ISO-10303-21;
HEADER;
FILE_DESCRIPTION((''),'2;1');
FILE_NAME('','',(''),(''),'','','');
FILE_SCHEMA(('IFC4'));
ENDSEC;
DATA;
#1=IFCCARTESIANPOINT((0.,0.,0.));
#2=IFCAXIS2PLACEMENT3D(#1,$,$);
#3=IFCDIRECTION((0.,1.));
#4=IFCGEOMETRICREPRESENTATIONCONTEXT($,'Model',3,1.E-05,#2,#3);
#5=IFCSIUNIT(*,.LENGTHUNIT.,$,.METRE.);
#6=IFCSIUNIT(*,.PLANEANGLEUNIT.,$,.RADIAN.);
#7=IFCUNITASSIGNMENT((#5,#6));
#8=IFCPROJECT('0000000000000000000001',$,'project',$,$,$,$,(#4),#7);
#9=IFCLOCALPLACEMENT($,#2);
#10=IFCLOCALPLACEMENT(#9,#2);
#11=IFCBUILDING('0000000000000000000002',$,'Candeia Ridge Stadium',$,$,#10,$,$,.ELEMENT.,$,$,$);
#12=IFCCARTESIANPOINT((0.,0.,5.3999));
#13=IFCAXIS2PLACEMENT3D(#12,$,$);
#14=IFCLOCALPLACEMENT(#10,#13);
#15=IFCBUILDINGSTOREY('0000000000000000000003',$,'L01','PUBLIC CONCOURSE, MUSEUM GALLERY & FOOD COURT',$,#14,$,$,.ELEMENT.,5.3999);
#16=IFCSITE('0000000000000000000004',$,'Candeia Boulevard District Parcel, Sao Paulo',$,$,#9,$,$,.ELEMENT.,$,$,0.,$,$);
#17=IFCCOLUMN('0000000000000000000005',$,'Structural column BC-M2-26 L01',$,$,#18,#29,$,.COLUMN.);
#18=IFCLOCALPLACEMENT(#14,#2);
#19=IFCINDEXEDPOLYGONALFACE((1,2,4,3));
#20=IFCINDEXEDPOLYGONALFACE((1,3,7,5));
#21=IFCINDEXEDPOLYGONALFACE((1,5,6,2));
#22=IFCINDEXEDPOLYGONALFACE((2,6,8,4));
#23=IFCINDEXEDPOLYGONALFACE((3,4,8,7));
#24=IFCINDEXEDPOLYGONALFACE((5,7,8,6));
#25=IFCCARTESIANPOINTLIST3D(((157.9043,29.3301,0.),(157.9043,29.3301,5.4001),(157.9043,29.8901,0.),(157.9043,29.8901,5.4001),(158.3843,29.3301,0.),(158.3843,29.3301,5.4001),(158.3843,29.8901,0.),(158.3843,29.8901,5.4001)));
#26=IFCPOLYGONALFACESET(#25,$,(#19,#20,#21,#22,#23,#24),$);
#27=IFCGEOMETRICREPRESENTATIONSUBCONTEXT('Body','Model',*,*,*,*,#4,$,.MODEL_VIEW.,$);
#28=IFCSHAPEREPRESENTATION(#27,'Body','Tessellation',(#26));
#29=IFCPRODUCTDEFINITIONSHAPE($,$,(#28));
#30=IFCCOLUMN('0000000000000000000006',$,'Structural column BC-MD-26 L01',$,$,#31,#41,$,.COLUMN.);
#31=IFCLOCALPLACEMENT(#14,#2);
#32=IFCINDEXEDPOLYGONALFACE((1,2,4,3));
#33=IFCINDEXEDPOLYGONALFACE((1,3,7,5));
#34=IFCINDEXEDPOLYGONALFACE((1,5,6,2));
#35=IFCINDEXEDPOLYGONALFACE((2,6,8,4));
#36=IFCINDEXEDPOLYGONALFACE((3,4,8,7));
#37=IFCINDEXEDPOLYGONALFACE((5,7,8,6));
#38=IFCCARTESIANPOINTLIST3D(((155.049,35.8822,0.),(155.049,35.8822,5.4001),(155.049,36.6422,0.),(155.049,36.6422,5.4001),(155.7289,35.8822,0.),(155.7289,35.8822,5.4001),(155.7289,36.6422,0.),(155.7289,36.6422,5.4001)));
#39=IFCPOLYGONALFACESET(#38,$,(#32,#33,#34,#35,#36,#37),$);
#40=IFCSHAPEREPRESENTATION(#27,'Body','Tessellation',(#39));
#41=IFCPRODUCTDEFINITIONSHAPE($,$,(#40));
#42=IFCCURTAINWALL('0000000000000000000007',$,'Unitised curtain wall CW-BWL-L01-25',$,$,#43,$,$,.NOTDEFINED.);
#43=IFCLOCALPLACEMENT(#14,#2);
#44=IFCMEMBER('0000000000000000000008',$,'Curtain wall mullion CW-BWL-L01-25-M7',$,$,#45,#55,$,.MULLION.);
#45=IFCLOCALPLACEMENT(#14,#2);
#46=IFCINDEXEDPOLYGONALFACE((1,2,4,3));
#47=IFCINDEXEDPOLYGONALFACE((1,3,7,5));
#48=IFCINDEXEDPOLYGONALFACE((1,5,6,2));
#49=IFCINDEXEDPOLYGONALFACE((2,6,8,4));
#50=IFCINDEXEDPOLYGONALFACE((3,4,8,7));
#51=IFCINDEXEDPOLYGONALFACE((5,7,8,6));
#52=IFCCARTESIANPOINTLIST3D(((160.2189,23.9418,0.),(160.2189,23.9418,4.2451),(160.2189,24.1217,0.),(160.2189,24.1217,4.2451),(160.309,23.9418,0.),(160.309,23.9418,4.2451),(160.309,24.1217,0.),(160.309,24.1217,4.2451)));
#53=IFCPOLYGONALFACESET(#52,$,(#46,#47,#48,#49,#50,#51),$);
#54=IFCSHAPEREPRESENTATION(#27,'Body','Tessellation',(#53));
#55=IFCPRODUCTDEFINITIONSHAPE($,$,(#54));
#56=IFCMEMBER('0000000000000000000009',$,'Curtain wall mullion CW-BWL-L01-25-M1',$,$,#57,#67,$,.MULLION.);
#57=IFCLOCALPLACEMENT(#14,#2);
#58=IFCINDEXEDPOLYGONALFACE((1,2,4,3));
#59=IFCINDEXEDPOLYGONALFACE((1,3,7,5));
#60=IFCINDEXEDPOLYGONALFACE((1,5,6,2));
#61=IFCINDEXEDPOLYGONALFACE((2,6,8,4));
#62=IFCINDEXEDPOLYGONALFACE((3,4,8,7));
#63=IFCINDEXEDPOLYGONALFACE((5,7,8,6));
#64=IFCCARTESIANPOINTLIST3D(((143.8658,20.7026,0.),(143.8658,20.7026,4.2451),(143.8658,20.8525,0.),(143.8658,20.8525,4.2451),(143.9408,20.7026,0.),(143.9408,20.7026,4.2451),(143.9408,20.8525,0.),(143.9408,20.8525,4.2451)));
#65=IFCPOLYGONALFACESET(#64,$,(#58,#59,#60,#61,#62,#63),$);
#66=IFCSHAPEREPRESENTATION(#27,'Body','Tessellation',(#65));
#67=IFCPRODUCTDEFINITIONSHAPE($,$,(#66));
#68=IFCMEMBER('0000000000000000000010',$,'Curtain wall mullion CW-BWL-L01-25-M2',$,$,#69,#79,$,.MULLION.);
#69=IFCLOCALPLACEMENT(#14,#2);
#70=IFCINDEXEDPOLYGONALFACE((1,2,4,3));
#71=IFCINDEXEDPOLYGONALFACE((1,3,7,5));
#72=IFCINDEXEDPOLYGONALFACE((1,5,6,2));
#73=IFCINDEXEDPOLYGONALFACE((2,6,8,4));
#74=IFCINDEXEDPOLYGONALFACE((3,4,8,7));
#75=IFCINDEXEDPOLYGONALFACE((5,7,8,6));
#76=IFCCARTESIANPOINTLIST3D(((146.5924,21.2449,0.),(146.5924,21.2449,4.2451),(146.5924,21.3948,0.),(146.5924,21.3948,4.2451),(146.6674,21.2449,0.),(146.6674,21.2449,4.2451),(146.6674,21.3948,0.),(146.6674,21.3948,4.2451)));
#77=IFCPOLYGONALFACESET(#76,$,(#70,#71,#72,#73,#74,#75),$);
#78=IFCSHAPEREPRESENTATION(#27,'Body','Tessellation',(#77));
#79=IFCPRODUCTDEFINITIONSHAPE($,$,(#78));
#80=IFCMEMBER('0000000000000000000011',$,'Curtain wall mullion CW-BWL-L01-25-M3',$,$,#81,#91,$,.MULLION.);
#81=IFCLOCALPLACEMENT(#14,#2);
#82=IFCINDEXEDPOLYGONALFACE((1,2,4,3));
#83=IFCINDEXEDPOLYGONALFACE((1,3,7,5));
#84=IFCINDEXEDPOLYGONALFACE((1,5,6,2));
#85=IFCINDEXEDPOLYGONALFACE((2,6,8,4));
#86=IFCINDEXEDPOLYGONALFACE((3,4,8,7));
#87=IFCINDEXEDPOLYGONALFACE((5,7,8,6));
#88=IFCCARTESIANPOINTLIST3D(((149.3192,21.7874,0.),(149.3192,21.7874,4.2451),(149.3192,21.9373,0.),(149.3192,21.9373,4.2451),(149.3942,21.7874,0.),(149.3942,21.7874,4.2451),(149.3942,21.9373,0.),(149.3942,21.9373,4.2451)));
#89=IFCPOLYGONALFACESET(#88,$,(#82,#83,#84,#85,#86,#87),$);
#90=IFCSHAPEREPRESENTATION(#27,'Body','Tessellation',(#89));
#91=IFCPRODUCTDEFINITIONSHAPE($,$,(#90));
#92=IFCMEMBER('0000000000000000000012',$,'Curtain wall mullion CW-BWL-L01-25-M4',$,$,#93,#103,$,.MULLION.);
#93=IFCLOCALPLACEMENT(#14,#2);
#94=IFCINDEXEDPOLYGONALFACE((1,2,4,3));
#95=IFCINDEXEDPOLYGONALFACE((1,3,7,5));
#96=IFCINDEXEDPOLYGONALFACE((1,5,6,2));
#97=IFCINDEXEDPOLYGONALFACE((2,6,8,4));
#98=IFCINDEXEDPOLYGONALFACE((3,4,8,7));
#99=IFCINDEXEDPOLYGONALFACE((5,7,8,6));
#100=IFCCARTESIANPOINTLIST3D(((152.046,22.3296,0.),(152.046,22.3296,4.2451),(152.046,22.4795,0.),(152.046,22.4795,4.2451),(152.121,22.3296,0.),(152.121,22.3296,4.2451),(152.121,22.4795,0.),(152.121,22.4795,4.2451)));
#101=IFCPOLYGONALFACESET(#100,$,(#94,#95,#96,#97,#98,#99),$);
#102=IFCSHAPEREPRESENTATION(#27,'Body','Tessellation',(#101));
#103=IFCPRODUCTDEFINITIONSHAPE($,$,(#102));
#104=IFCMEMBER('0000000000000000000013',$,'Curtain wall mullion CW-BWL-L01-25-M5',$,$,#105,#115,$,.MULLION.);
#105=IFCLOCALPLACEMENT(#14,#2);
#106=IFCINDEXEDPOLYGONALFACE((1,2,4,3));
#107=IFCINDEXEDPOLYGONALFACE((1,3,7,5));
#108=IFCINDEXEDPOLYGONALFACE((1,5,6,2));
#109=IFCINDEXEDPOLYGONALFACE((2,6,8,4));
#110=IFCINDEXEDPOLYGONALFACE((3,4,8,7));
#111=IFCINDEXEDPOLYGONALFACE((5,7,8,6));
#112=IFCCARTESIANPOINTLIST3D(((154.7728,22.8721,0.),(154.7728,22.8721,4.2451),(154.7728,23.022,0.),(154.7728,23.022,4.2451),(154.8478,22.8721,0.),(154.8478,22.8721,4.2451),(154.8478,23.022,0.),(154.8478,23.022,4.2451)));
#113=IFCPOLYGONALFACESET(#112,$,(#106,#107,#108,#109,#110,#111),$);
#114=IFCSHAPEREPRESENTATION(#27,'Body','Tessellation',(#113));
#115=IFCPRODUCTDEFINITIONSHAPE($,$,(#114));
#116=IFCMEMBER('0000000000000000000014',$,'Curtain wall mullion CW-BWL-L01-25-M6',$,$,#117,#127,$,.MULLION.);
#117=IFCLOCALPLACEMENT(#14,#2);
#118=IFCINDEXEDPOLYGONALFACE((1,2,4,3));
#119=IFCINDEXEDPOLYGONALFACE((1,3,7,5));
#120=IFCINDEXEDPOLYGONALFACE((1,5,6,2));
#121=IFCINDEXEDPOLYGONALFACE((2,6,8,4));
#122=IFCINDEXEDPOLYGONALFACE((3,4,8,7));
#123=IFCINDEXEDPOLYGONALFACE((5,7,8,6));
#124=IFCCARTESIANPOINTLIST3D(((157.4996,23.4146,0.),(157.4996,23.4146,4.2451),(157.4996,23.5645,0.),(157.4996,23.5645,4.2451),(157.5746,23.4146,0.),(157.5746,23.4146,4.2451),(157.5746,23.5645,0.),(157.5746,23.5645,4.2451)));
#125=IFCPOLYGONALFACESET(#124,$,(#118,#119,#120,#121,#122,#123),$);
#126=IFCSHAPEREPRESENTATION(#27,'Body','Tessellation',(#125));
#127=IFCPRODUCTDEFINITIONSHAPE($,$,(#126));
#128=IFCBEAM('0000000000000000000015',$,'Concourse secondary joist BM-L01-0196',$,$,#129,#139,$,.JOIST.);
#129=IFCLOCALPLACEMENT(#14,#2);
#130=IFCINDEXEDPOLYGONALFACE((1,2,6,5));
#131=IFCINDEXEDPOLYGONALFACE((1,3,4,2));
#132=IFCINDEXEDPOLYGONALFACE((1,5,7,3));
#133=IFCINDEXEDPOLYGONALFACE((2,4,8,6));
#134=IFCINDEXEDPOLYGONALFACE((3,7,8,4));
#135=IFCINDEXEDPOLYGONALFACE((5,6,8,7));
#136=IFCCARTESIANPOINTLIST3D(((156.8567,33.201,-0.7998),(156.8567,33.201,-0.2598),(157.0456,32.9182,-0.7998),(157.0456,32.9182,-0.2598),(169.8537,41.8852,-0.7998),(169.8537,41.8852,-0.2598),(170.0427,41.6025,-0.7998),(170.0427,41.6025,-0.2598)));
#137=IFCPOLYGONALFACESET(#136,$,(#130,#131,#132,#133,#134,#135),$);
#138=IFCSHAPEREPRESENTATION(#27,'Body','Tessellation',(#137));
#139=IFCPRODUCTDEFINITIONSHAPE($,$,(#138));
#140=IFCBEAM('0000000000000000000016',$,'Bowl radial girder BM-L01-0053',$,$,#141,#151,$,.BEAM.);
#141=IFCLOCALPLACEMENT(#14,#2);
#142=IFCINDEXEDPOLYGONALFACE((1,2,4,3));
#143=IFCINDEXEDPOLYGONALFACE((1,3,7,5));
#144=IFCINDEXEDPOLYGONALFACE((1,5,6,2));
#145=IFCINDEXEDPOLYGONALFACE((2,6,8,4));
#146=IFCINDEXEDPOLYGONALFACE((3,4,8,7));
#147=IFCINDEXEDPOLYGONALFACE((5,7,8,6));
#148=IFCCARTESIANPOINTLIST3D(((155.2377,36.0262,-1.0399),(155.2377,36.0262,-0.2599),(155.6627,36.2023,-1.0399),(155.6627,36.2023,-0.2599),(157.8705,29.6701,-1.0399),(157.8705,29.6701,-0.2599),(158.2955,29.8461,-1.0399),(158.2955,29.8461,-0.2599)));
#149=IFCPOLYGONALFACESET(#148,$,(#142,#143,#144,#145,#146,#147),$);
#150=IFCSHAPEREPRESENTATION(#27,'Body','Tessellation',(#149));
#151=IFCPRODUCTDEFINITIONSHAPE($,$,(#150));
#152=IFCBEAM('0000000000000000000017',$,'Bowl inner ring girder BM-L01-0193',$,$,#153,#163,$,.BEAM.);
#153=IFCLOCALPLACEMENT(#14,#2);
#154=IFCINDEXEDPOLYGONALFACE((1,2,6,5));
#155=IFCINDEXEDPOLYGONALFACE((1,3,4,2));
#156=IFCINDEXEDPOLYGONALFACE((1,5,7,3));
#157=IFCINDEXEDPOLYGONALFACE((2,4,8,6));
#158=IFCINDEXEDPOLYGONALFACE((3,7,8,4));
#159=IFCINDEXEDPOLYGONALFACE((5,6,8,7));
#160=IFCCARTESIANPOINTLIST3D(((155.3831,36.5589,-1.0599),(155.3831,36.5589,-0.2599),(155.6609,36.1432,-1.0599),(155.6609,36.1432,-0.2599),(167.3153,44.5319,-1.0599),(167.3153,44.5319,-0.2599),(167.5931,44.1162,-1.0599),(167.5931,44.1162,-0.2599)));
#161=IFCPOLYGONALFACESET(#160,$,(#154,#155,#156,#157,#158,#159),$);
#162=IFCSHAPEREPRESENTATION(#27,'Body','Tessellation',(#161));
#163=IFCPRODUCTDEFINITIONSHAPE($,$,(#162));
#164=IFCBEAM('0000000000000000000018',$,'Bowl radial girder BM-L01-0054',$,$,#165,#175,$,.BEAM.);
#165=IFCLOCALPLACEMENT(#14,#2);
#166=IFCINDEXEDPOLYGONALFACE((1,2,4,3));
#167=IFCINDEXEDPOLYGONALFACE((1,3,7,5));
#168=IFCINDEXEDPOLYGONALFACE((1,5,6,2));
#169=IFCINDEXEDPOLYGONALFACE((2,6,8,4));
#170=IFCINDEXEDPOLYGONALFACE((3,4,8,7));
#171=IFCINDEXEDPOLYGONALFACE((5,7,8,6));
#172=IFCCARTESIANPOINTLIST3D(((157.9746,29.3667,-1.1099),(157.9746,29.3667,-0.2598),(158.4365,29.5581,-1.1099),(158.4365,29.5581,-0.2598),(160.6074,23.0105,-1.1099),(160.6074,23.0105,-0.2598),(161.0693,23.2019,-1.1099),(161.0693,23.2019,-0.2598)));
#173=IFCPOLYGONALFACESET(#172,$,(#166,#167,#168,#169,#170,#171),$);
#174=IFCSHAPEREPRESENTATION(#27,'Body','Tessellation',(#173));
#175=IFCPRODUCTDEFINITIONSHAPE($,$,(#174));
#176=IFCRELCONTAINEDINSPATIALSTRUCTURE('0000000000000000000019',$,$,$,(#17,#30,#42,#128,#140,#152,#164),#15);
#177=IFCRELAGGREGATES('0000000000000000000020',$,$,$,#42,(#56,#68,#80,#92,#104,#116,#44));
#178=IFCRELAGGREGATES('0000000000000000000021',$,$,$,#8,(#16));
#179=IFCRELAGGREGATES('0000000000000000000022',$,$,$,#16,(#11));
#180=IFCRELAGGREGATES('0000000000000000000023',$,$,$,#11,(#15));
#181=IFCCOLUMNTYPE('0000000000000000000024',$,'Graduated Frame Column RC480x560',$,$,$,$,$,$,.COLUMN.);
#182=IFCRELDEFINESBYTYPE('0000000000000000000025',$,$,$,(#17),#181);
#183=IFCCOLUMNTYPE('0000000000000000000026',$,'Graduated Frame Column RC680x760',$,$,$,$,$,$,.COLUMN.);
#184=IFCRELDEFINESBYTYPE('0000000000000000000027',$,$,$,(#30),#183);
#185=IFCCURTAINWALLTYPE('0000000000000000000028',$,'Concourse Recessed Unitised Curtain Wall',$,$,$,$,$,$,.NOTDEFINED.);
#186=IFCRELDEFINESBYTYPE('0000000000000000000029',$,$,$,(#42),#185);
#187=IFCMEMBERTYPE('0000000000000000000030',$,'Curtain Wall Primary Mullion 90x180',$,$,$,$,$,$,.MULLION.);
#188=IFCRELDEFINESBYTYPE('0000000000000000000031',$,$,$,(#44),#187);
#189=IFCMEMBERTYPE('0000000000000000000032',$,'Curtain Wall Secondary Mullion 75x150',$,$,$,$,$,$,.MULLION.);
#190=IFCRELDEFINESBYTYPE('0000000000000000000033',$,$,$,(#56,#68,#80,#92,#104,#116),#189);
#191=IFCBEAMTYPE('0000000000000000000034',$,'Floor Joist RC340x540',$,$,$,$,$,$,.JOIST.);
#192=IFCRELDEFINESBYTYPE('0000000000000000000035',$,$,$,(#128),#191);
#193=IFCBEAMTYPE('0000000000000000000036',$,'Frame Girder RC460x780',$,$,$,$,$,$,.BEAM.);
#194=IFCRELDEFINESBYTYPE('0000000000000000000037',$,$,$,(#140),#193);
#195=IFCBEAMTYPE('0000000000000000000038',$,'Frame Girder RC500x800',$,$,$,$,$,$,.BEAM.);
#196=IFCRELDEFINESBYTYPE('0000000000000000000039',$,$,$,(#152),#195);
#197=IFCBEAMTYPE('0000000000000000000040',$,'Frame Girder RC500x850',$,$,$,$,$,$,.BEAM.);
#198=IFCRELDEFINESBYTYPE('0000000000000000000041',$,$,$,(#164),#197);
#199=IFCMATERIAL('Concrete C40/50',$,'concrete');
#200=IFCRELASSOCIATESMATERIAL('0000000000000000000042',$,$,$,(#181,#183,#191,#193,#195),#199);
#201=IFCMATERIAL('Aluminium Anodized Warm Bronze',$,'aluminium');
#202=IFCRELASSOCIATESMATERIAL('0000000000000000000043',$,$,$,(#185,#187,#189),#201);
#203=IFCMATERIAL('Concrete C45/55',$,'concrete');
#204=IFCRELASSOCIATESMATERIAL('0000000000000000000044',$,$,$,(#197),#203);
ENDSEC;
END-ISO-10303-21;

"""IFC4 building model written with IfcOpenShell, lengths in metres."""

from ifc_helpers import new_model, si_unit, direction, frame, origin, origin_2d, place, context, subcontext, project, spatial, rectangle, extrude, material, material_profile, profile_set, type_object, element, aggregate, save


model = new_model("IFC4")

# Units and contexts
model_context = context("Model", 3, precision=1e-05, world=origin(), true_north=direction((0.0, 1.0)))
body_context = subcontext(model_context, "Body", "Model", "MODEL_VIEW")
ifc_project = project(units=[si_unit("LENGTHUNIT", "METRE"), si_unit("PLANEANGLEUNIT", "RADIAN")], contexts=[model_context])

# Site, building, storey
site_placement = place(None, origin())
site = spatial("IfcSite", under=ifc_project, at=site_placement, Name="Candeia Boulevard District Parcel, Sao Paulo", CompositionType="ELEMENT", RefElevation=0.0)
building_placement = place(site_placement, origin())
building = spatial("IfcBuilding", under=site, at=building_placement, Name="Candeia Ridge Stadium", CompositionType="ELEMENT")
storey_placement = place(building_placement, frame((0.0, 0.0, 5.3999)))
storey = spatial("IfcBuildingStorey", under=building, at=storey_placement, Name="L01", Description="PUBLIC CONCOURSE, MUSEUM GALLERY & FOOD COURT", CompositionType="ELEMENT", Elevation=5.3999)

# Columns
ifc_material_1 = material(Name="Concrete C40/50", Category="concrete")
ifc_material_profile_1 = material_profile(ifc_material_1, rectangle(XDim=0.48, YDim=0.5601, at=origin_2d()), Name="RC480x560", Category="concrete")
ifc_profile_set_1 = profile_set([ifc_material_profile_1], Name="Concrete C40/50")
column_type_1 = type_object("IfcColumnType", Name="Graduated Frame Column RC480x560", PredefinedType="COLUMN", material=ifc_profile_set_1)
column_1_placement = place(storey_placement, frame((158.1443, 29.6101, 0.0), z_axis=(0.0, 0.0, 1.0), x_axis=(1.0, 0.0, 0.0)))
element("IfcColumn", 1, at=column_1_placement, inside=storey, type_object=column_type_1, Name="Structural column BC-M2-26 L01", PredefinedType="COLUMN", context=body_context, shape_type="SweptSolid", body=[
    extrude(rectangle(XDim=0.48, YDim=0.5601, at=origin_2d()), origin(), (0.0, 0.0, 1.0), 5.4001),
])
ifc_material_profile_2 = material_profile(ifc_material_1, rectangle(XDim=0.6799, YDim=0.76, at=origin_2d()), Name="RC680x760", Category="concrete")
ifc_profile_set_2 = profile_set([ifc_material_profile_2], Name="Concrete C40/50")
column_type_2 = type_object("IfcColumnType", Name="Graduated Frame Column RC680x760", PredefinedType="COLUMN", material=ifc_profile_set_2)
column_2_placement = place(storey_placement, frame((155.3889, 36.2622, 0.0), z_axis=(0.0, 0.0, 1.0), x_axis=(1.0, 0.0, 0.0)))
element("IfcColumn", 2, at=column_2_placement, inside=storey, type_object=column_type_2, Name="Structural column BC-MD-26 L01", PredefinedType="COLUMN", context=body_context, shape_type="SweptSolid", body=[
    extrude(rectangle(XDim=0.6799, YDim=0.76, at=origin_2d()), origin(), (0.0, 0.0, 1.0), 5.4001),
])

# Curtain wall, members
ifc_material_2 = material(Name="Aluminium Anodized Warm Bronze", Category="aluminium")
curtain_wall_type = type_object("IfcCurtainWallType", Name="Concourse Recessed Unitised Curtain Wall", PredefinedType="NOTDEFINED", material=ifc_material_2)
curtain_wall_placement = place(storey_placement, origin())
curtain_wall = element("IfcCurtainWall", 3, at=curtain_wall_placement, inside=storey, type_object=curtain_wall_type, Name="Unitised curtain wall CW-BWL-L01-25", PredefinedType="NOTDEFINED")
ifc_material_profile_3 = material_profile(ifc_material_2, rectangle(XDim=0.0901, YDim=0.1799, at=origin_2d()), Name="CWM-90x180", Category="aluminium")
ifc_profile_set_3 = profile_set([ifc_material_profile_3], Name="Aluminium Anodized Warm Bronze")
member_type_1 = type_object("IfcMemberType", Name="Curtain Wall Primary Mullion 90x180", PredefinedType="MULLION", material=ifc_profile_set_3)
member_1_placement = place(storey_placement, frame((160.2639, 24.0317, 0.0), z_axis=(0.0, 0.0, 1.0), x_axis=(1.0, 0.0, 0.0)))
member_1 = element("IfcMember", 4, at=member_1_placement, type_object=member_type_1, Name="Curtain wall mullion CW-BWL-L01-25-M7", PredefinedType="MULLION", context=body_context, shape_type="SweptSolid", body=[
    extrude(rectangle(XDim=0.0901, YDim=0.1799, at=origin_2d()), origin(), (0.0, 0.0, 1.0), 4.2451),
])
ifc_material_profile_4 = material_profile(ifc_material_2, rectangle(XDim=0.075, YDim=0.1499, at=origin_2d()), Name="CWM-75x150", Category="aluminium")
ifc_profile_set_4 = profile_set([ifc_material_profile_4], Name="Aluminium Anodized Warm Bronze")
member_type_2 = type_object("IfcMemberType", Name="Curtain Wall Secondary Mullion 75x150", PredefinedType="MULLION", material=ifc_profile_set_4)
member_2_placement = place(storey_placement, frame((143.9033, 20.7776, 0.0), z_axis=(0.0, 0.0, 1.0), x_axis=(1.0, 0.0, 0.0)))
member_2 = element("IfcMember", 5, at=member_2_placement, type_object=member_type_2, Name="Curtain wall mullion CW-BWL-L01-25-M1", PredefinedType="MULLION", context=body_context, shape_type="SweptSolid", body=[
    extrude(rectangle(XDim=0.075, YDim=0.1499, at=origin_2d()), origin(), (0.0, 0.0, 1.0), 4.2451),
])
member_3_placement = place(storey_placement, frame((146.6299, 21.3198, 0.0), z_axis=(0.0, 0.0, 1.0), x_axis=(1.0, 0.0, 0.0)))
member_3 = element("IfcMember", 6, at=member_3_placement, type_object=member_type_2, Name="Curtain wall mullion CW-BWL-L01-25-M2", PredefinedType="MULLION", context=body_context, shape_type="SweptSolid", body=[
    extrude(rectangle(XDim=0.075, YDim=0.1499, at=origin_2d()), origin(), (0.0, 0.0, 1.0), 4.2451),
])
member_4_placement = place(storey_placement, frame((149.3567, 21.8623, 0.0), z_axis=(0.0, 0.0, 1.0), x_axis=(1.0, 0.0, 0.0)))
member_4 = element("IfcMember", 7, at=member_4_placement, type_object=member_type_2, Name="Curtain wall mullion CW-BWL-L01-25-M3", PredefinedType="MULLION", context=body_context, shape_type="SweptSolid", body=[
    extrude(rectangle(XDim=0.075, YDim=0.1499, at=origin_2d()), origin(), (0.0, 0.0, 1.0), 4.2451),
])
member_5_placement = place(storey_placement, frame((152.0835, 22.4045, 0.0), z_axis=(0.0, 0.0, 1.0), x_axis=(1.0, 0.0, 0.0)))
member_5 = element("IfcMember", 8, at=member_5_placement, type_object=member_type_2, Name="Curtain wall mullion CW-BWL-L01-25-M4", PredefinedType="MULLION", context=body_context, shape_type="SweptSolid", body=[
    extrude(rectangle(XDim=0.075, YDim=0.1499, at=origin_2d()), origin(), (0.0, 0.0, 1.0), 4.2451),
])
member_6_placement = place(storey_placement, frame((154.8103, 22.947, 0.0), z_axis=(0.0, 0.0, 1.0), x_axis=(1.0, 0.0, 0.0)))
member_6 = element("IfcMember", 9, at=member_6_placement, type_object=member_type_2, Name="Curtain wall mullion CW-BWL-L01-25-M5", PredefinedType="MULLION", context=body_context, shape_type="SweptSolid", body=[
    extrude(rectangle(XDim=0.075, YDim=0.1499, at=origin_2d()), origin(), (0.0, 0.0, 1.0), 4.2451),
])
member_7_placement = place(storey_placement, frame((157.5371, 23.4895, 0.0), z_axis=(0.0, 0.0, 1.0), x_axis=(1.0, 0.0, 0.0)))
member_7 = element("IfcMember", 10, at=member_7_placement, type_object=member_type_2, Name="Curtain wall mullion CW-BWL-L01-25-M6", PredefinedType="MULLION", context=body_context, shape_type="SweptSolid", body=[
    extrude(rectangle(XDim=0.075, YDim=0.1499, at=origin_2d()), origin(), (0.0, 0.0, 1.0), 4.2451),
])

# Beams
ifc_material_profile_5 = material_profile(ifc_material_1, rectangle(XDim=0.3401, YDim=0.54, at=origin_2d()), Name="RC340x540", Category="concrete")
ifc_profile_set_5 = profile_set([ifc_material_profile_5], Name="Concrete C40/50")
beam_type_1 = type_object("IfcBeamType", Name="Floor Joist RC340x540", PredefinedType="JOIST", material=ifc_profile_set_5)
beam_1_placement = place(storey_placement, frame((156.9512, 33.0596, -0.5298), z_axis=(0.831471, 0.555569, 0.0), x_axis=(-0.555569, 0.831471, 0.0)))
element("IfcBeam", 11, at=beam_1_placement, inside=storey, type_object=beam_type_1, Name="Concourse secondary joist BM-L01-0196", PredefinedType="JOIST", context=body_context, shape_type="SweptSolid", body=[
    extrude(rectangle(XDim=0.3401, YDim=0.54, at=origin_2d()), origin(), (0.0, 0.0, 1.0), 15.6313),
])
ifc_material_profile_6 = material_profile(ifc_material_1, rectangle(XDim=0.46, YDim=0.78, at=origin_2d()), Name="RC460x780", Category="concrete")
ifc_profile_set_6 = profile_set([ifc_material_profile_6], Name="Concrete C40/50")
beam_type_2 = type_object("IfcBeamType", Name="Frame Girder RC460x780", PredefinedType="BEAM", material=ifc_profile_set_6)
beam_2_placement = place(storey_placement, frame((155.4502, 36.1143, -0.6499), z_axis=(0.382682, -0.92388, 0.0), x_axis=(0.92388, 0.382682, 0.0)))
element("IfcBeam", 12, at=beam_2_placement, inside=storey, type_object=beam_type_2, Name="Bowl radial girder BM-L01-0053", PredefinedType="BEAM", context=body_context, shape_type="SweptSolid", body=[
    extrude(rectangle(XDim=0.46, YDim=0.78, at=origin_2d()), origin(), (0.0, 0.0, 1.0), 6.8799),
])
ifc_material_profile_7 = material_profile(ifc_material_1, rectangle(XDim=0.5, YDim=0.8, at=origin_2d()), Name="RC500x800", Category="concrete")
ifc_profile_set_7 = profile_set([ifc_material_profile_7], Name="Concrete C40/50")
beam_type_3 = type_object("IfcBeamType", Name="Frame Girder RC500x800", PredefinedType="BEAM", material=ifc_profile_set_7)
beam_3_placement = place(storey_placement, frame((155.522, 36.3511, -0.6599), z_axis=(0.831466, 0.555575, 0.0), x_axis=(-0.555575, 0.831466, 0.0)))
element("IfcBeam", 13, at=beam_3_placement, inside=storey, type_object=beam_type_3, Name="Bowl inner ring girder BM-L01-0193", PredefinedType="BEAM", context=body_context, shape_type="SweptSolid", body=[
    extrude(rectangle(XDim=0.5, YDim=0.8, at=origin_2d()), origin(), (0.0, 0.0, 1.0), 14.3508),
])
ifc_material_3 = material(Name="Concrete C45/55", Category="concrete")
ifc_material_profile_8 = material_profile(ifc_material_3, rectangle(XDim=0.5, YDim=0.8501, at=origin_2d()), Name="RC500x850", Category="concrete")
ifc_profile_set_8 = profile_set([ifc_material_profile_8], Name="Concrete C45/55")
beam_type_4 = type_object("IfcBeamType", Name="Frame Girder RC500x850", PredefinedType="BEAM", material=ifc_profile_set_8)
beam_4_placement = place(storey_placement, frame((158.2056, 29.4624, -0.6848), z_axis=(0.382682, -0.92388, 0.0), x_axis=(0.92388, 0.382682, 0.0)))
element("IfcBeam", 14, at=beam_4_placement, inside=storey, type_object=beam_type_4, Name="Bowl radial girder BM-L01-0054", PredefinedType="BEAM", context=body_context, shape_type="SweptSolid", body=[
    extrude(rectangle(XDim=0.5, YDim=0.8501, at=origin_2d()), origin(), (0.0, 0.0, 1.0), 6.8799),
])

aggregate(curtain_wall, [member_2, member_3, member_4, member_5, member_6, member_7, member_1])

save(model, "model.ifc")
